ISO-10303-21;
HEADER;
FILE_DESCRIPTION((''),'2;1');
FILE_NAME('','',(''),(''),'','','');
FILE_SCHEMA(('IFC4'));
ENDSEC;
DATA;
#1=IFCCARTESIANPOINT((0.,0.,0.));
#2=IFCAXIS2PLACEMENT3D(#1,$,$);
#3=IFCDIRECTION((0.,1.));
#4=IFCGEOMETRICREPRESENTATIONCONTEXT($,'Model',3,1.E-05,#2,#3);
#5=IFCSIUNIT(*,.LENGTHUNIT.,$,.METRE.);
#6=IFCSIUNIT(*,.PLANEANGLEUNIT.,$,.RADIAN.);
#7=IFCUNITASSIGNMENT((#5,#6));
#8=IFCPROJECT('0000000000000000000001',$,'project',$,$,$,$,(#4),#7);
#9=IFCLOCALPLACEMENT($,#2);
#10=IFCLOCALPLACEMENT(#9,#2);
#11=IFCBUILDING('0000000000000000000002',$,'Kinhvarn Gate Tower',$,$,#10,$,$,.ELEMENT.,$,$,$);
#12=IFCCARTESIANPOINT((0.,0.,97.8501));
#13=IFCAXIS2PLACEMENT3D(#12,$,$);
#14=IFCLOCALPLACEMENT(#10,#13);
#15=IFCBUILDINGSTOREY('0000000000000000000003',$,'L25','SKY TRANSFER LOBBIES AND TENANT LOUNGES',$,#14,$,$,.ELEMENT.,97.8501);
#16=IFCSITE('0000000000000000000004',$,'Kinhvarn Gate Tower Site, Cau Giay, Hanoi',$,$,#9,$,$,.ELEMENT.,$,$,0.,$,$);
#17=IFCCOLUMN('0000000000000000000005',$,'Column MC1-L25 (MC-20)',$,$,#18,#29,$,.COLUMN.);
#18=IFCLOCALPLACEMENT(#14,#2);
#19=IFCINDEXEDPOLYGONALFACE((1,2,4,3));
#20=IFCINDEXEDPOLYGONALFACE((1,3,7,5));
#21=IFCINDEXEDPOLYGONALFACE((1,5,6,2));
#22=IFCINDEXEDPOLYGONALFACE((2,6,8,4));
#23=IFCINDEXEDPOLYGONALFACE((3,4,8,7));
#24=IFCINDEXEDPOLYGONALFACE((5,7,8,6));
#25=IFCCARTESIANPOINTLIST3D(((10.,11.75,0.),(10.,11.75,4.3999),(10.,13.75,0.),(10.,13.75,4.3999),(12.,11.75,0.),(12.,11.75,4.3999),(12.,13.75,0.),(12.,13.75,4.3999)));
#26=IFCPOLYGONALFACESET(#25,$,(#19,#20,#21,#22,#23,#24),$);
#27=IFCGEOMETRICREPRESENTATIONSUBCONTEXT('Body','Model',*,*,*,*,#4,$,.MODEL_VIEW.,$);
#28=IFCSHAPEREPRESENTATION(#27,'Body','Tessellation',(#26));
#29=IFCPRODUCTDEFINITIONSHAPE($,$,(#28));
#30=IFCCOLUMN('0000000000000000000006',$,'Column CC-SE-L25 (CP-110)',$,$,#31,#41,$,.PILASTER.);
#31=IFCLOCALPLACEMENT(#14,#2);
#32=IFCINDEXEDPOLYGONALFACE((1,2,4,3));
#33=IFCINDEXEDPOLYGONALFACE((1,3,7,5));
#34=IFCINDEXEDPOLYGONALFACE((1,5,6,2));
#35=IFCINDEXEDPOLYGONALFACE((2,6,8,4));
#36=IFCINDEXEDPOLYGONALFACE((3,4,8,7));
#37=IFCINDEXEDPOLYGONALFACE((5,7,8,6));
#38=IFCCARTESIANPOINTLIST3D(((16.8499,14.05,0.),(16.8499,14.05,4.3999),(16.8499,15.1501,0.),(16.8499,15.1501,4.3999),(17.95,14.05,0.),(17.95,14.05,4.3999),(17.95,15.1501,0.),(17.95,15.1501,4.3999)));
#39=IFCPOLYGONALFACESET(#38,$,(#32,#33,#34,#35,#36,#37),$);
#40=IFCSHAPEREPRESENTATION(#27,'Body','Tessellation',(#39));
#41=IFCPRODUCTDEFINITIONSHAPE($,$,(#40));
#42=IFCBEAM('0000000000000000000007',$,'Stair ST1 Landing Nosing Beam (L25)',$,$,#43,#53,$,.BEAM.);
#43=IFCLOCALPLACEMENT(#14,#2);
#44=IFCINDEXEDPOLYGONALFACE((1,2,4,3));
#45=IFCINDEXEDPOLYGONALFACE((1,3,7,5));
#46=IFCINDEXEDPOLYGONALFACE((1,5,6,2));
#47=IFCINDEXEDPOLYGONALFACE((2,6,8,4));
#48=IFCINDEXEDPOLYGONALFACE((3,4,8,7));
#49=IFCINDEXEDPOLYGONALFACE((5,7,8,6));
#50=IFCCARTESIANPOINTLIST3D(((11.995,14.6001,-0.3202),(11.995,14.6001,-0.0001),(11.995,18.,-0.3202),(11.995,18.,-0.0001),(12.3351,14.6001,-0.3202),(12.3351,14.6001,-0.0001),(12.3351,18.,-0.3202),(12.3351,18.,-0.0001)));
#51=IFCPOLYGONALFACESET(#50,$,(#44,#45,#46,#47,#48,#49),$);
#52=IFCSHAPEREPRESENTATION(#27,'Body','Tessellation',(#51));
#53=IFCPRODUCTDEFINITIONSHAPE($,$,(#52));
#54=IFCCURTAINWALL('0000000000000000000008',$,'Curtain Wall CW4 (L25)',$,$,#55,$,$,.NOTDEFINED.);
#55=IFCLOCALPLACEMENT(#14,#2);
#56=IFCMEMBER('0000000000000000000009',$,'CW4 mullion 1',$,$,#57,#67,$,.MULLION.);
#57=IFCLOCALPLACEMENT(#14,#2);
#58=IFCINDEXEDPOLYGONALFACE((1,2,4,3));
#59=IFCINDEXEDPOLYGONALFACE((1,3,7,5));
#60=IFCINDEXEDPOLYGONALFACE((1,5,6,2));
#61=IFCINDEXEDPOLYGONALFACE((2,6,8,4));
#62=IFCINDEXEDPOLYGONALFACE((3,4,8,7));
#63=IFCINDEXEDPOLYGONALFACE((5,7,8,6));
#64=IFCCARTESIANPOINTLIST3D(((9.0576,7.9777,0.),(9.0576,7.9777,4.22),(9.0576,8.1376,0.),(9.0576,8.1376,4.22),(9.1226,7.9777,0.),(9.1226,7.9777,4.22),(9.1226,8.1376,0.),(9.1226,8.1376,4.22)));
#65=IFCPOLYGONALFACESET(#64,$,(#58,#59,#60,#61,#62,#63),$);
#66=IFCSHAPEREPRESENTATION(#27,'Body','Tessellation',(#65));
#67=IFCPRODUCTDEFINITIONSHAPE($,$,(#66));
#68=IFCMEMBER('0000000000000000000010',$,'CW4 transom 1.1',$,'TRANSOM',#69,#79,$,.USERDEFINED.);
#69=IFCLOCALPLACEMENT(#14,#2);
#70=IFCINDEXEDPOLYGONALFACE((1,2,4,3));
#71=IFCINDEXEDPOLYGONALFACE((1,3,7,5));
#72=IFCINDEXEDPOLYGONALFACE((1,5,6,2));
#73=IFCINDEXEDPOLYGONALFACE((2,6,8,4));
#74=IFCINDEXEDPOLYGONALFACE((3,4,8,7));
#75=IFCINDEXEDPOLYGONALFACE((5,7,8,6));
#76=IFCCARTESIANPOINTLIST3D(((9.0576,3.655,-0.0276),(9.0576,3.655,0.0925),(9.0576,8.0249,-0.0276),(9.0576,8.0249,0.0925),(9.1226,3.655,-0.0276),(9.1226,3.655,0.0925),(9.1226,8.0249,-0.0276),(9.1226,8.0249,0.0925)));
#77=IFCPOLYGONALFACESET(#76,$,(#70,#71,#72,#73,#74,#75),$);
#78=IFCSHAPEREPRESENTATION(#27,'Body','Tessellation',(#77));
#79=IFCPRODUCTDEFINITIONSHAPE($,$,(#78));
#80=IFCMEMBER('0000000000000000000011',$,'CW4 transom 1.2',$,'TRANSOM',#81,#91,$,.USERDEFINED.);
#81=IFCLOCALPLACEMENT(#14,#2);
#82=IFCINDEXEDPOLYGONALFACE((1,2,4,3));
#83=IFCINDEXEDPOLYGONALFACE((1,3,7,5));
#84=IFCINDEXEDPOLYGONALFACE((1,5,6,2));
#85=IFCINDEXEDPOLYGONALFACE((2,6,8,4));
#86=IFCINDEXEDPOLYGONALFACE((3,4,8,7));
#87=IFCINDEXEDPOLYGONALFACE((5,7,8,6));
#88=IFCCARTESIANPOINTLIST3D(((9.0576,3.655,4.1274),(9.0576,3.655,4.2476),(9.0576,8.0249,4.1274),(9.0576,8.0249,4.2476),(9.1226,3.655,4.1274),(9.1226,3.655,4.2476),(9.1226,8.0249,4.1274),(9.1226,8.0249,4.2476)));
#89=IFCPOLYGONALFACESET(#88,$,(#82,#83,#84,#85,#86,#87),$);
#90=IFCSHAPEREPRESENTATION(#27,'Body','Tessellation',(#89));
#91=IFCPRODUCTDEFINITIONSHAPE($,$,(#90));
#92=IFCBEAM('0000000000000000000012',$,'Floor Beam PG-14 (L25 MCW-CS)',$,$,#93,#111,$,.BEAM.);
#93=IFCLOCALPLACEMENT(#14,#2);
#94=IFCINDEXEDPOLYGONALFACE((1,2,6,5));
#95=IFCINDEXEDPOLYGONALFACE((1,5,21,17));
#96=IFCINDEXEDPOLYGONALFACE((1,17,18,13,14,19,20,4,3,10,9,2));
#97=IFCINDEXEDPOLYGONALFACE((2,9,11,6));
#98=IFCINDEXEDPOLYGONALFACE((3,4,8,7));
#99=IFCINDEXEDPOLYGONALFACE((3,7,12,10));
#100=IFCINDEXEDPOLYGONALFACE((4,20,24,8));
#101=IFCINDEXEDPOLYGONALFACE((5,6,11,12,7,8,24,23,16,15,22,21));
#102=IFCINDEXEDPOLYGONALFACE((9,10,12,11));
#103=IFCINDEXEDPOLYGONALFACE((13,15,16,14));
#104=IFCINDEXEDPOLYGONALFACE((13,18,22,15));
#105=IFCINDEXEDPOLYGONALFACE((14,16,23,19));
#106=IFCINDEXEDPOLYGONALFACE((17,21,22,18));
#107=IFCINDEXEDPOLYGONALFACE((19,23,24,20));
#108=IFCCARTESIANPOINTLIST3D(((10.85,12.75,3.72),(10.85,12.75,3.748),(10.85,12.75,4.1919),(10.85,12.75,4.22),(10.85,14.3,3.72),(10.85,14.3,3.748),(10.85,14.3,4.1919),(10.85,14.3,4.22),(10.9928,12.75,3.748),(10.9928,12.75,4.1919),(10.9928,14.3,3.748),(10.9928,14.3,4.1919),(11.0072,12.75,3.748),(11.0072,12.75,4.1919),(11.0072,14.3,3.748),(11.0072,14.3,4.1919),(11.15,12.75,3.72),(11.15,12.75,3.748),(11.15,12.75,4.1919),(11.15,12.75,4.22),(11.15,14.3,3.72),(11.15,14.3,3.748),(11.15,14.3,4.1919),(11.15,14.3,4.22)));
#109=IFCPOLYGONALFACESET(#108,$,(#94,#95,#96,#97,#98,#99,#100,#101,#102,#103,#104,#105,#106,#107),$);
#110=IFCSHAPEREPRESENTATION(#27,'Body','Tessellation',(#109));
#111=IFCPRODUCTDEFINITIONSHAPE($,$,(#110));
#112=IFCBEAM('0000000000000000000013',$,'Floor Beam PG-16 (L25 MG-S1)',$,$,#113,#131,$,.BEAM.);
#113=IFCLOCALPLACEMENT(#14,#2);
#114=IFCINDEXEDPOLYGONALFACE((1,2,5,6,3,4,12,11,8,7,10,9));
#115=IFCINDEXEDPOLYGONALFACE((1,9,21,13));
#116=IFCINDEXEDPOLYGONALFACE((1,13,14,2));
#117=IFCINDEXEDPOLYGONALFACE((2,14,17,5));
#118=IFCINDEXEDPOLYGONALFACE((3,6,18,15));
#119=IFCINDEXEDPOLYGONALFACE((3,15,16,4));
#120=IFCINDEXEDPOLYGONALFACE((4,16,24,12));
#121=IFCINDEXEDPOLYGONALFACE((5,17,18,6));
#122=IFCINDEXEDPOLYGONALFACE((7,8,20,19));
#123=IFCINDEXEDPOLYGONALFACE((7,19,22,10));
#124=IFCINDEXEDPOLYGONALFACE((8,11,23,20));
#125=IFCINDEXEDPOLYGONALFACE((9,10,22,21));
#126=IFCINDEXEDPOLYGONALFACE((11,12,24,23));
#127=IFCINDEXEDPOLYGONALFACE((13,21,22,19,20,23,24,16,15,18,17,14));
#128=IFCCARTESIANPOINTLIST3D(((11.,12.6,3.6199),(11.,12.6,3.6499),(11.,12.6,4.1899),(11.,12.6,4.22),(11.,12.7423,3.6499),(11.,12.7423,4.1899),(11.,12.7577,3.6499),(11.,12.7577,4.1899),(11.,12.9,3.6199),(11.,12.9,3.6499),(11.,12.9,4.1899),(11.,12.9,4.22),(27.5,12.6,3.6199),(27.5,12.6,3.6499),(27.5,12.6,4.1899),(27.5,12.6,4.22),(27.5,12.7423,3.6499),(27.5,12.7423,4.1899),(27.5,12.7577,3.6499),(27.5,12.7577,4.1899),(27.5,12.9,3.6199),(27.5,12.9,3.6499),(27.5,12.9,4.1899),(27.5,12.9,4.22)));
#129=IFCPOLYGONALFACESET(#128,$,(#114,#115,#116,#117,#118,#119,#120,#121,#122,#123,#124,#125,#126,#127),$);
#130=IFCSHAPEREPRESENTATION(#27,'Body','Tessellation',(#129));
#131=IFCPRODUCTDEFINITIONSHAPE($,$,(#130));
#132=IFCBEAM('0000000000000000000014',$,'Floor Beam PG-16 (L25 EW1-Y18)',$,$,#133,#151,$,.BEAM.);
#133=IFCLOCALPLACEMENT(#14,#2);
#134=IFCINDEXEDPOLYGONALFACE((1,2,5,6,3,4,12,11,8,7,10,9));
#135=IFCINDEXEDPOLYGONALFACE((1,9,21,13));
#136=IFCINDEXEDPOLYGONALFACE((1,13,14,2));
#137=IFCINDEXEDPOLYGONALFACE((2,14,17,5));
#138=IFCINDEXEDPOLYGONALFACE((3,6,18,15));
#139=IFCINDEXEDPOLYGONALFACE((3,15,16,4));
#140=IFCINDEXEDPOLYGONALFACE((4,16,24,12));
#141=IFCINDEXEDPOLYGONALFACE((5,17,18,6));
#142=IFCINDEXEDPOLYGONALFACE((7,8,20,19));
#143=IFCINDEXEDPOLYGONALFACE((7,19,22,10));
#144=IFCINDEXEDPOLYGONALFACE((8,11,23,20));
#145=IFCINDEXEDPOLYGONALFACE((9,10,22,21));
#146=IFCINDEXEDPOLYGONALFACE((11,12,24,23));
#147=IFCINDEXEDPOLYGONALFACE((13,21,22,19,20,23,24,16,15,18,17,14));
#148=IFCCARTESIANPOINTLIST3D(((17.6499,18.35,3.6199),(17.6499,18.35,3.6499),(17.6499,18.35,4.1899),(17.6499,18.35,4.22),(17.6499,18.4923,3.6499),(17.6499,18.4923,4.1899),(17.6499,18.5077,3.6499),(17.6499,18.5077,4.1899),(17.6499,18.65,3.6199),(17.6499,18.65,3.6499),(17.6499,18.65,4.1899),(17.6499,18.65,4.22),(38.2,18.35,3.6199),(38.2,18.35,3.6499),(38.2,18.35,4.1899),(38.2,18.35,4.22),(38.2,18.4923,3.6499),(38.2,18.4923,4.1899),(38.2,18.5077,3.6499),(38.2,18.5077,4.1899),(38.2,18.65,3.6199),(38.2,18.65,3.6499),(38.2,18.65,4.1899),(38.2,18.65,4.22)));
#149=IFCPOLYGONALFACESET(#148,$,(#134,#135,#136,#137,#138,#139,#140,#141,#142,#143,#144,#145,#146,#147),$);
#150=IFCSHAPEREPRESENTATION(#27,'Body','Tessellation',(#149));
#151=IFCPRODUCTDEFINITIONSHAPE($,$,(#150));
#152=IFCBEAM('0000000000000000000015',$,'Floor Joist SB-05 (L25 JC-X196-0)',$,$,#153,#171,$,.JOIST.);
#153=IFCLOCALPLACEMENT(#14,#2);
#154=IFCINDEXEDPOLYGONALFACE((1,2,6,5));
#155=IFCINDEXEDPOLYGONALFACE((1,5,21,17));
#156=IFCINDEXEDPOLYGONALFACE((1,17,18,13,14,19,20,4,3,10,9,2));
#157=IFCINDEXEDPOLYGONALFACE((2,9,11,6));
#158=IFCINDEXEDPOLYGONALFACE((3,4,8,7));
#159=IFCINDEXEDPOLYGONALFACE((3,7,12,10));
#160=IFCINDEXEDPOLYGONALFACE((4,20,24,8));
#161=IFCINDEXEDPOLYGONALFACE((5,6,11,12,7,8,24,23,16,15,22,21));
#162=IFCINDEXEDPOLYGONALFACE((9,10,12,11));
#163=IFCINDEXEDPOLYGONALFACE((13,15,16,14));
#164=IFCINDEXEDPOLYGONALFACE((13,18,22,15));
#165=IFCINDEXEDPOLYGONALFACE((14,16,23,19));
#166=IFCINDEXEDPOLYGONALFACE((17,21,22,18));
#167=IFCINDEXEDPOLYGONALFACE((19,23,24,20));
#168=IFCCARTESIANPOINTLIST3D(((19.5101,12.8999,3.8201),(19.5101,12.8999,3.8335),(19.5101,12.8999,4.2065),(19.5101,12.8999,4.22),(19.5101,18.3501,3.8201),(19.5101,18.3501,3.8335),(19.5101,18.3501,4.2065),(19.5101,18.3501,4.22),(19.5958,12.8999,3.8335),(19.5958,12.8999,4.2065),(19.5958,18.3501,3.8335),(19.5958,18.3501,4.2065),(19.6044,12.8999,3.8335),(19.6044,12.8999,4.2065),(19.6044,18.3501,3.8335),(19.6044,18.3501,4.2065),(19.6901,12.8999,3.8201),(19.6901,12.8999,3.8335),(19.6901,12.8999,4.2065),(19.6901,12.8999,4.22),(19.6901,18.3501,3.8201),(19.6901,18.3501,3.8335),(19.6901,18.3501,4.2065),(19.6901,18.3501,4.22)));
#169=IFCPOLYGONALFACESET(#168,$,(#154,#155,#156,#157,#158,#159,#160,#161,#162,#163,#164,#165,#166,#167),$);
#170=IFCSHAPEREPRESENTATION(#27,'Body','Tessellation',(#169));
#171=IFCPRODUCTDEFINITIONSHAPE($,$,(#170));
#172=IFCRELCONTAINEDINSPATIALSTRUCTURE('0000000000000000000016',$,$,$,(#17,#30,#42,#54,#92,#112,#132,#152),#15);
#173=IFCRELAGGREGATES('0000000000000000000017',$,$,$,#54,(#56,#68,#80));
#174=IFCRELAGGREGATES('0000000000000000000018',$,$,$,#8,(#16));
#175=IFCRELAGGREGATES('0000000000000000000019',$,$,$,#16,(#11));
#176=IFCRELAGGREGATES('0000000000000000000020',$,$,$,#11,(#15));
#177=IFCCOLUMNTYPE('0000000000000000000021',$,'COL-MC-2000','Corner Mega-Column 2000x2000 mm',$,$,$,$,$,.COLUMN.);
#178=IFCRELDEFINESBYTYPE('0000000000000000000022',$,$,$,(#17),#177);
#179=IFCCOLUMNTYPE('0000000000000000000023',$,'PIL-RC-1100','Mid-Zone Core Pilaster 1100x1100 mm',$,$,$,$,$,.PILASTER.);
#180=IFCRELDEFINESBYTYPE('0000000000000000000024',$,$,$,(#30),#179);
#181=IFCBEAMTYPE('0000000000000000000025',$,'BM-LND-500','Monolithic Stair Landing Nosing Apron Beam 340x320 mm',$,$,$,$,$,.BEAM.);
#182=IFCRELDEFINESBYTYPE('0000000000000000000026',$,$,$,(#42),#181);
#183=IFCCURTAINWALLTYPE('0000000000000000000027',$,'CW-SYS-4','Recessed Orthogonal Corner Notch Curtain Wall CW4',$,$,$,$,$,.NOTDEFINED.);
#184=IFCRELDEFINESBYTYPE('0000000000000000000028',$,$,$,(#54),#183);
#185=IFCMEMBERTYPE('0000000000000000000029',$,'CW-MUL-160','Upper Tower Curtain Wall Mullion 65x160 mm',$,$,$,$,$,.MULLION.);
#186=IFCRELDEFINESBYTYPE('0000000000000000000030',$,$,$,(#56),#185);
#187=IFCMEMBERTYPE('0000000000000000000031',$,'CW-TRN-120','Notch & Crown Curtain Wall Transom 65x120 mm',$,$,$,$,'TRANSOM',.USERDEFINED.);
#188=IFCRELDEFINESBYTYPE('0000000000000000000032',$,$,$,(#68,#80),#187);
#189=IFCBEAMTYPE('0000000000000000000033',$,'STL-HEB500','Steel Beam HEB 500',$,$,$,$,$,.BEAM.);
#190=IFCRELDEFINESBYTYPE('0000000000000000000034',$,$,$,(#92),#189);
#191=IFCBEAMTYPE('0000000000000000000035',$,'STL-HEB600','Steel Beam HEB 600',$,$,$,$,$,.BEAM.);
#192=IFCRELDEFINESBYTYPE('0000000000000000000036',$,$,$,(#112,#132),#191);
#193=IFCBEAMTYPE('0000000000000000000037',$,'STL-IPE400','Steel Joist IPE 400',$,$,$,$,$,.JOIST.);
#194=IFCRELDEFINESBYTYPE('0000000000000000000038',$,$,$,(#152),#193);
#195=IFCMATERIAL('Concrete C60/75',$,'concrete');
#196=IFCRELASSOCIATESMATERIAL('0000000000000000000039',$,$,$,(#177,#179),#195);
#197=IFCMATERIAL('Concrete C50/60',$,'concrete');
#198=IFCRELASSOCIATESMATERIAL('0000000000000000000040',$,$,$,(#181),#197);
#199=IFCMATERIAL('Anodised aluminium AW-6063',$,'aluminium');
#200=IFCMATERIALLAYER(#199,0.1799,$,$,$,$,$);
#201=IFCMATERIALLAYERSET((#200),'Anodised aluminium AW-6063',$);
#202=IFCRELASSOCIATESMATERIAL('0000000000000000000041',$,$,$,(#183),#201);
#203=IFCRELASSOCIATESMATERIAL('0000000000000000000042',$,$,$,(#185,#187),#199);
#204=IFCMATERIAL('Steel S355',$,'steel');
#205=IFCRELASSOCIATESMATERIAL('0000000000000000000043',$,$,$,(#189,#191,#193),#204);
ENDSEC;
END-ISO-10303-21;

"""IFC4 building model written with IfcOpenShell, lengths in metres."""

from ifc_helpers import new_model, si_unit, direction, frame, origin, origin_2d, place, context, subcontext, project, spatial, rectangle, i_section, extrude, material, layer, layer_set, material_profile, profile_set, type_object, element, aggregate, save


model = new_model("IFC4")

# Units and contexts
model_context = context("Model", 3, precision=1e-05, world=origin(), true_north=direction((0.0, 1.0)))
body_context = subcontext(model_context, "Body", "Model", "MODEL_VIEW")
ifc_project = project(units=[si_unit("LENGTHUNIT", "METRE"), si_unit("PLANEANGLEUNIT", "RADIAN")], contexts=[model_context])

# Site, building, storey
site_placement = place(None, origin())
site = spatial("IfcSite", under=ifc_project, at=site_placement, Name="Kinhvarn Gate Tower Site, Cau Giay, Hanoi", CompositionType="ELEMENT", RefElevation=0.0)
building_placement = place(site_placement, origin())
building = spatial("IfcBuilding", under=site, at=building_placement, Name="Kinhvarn Gate Tower", CompositionType="ELEMENT")
storey_placement = place(building_placement, frame((0.0, 0.0, 97.8501)))
storey = spatial("IfcBuildingStorey", under=building, at=storey_placement, Name="L25", Description="SKY TRANSFER LOBBIES AND TENANT LOUNGES", CompositionType="ELEMENT", Elevation=97.8501)

# Columns
ifc_material_1 = material(Name="Concrete C60/75", Category="concrete")
ifc_material_profile_1 = material_profile(ifc_material_1, rectangle(XDim=2.0, YDim=2.0, at=origin_2d()), Name="RC 2000x2000")
ifc_profile_set_1 = profile_set([ifc_material_profile_1], Name="Concrete C60/75")
column_type_1 = type_object("IfcColumnType", Name="COL-MC-2000", Description="Corner Mega-Column 2000x2000 mm", PredefinedType="COLUMN", material=ifc_profile_set_1)
column_1_placement = place(storey_placement, frame((11.0, 12.75, 0.0), z_axis=(0.0, 0.0, 1.0), x_axis=(1.0, 0.0, 0.0)))
element("IfcColumn", 1, at=column_1_placement, inside=storey, type_object=column_type_1, Name="Column MC1-L25 (MC-20)", PredefinedType="COLUMN", context=body_context, shape_type="SweptSolid", body=[
    extrude(rectangle(XDim=2.0, YDim=2.0, at=origin_2d()), origin(), (0.0, 0.0, 1.0), 4.3999),
])
ifc_material_profile_2 = material_profile(ifc_material_1, rectangle(XDim=1.1001, YDim=1.1001, at=origin_2d()), Name="RC 1100x1100")
ifc_profile_set_2 = profile_set([ifc_material_profile_2], Name="Concrete C60/75")
column_type_2 = type_object("IfcColumnType", Name="PIL-RC-1100", Description="Mid-Zone Core Pilaster 1100x1100 mm", PredefinedType="PILASTER", material=ifc_profile_set_2)
column_2_placement = place(storey_placement, frame((17.3999, 14.6001, 0.0), z_axis=(0.0, 0.0, 1.0), x_axis=(1.0, 0.0, 0.0)))
element("IfcColumn", 2, at=column_2_placement, inside=storey, type_object=column_type_2, Name="Column CC-SE-L25 (CP-110)", PredefinedType="PILASTER", context=body_context, shape_type="SweptSolid", body=[
    extrude(rectangle(XDim=1.1001, YDim=1.1001, at=origin_2d()), origin(), (0.0, 0.0, 1.0), 4.3999),
])

# Beam
ifc_material_2 = material(Name="Concrete C50/60", Category="concrete")
ifc_material_profile_3 = material_profile(ifc_material_2, rectangle(XDim=0.3401, YDim=0.3201, at=origin_2d()), Name="RC 340x320")
ifc_profile_set_3 = profile_set([ifc_material_profile_3], Name="Concrete C50/60")
beam_type_1 = type_object("IfcBeamType", Name="BM-LND-500", Description="Monolithic Stair Landing Nosing Apron Beam 340x320 mm", PredefinedType="BEAM", material=ifc_profile_set_3)
beam_1_placement = place(storey_placement, frame((12.165, 14.6001, -0.1602), z_axis=(0.0, 1.0, 0.0), x_axis=(-1.0, 0.0, 0.0)))
element("IfcBeam", 3, at=beam_1_placement, inside=storey, type_object=beam_type_1, Name="Stair ST1 Landing Nosing Beam (L25)", PredefinedType="BEAM", context=body_context, shape_type="SweptSolid", body=[
    extrude(rectangle(XDim=0.3401, YDim=0.3201, at=origin_2d()), origin(), (0.0, 0.0, 1.0), 3.3999),
])

# Curtain wall, members
ifc_material_3 = material(Name="Anodised aluminium AW-6063", Category="aluminium")
ifc_layer_1 = layer(ifc_material_3, 0.1799)
ifc_layer_set_1 = layer_set([ifc_layer_1], Name="Anodised aluminium AW-6063")
curtain_wall_type = type_object("IfcCurtainWallType", Name="CW-SYS-4", Description="Recessed Orthogonal Corner Notch Curtain Wall CW4", PredefinedType="NOTDEFINED", material=ifc_layer_set_1)
curtain_wall_placement = place(storey_placement, origin())
curtain_wall = element("IfcCurtainWall", 4, at=curtain_wall_placement, inside=storey, type_object=curtain_wall_type, Name="Curtain Wall CW4 (L25)", PredefinedType="NOTDEFINED")
ifc_material_profile_4 = material_profile(ifc_material_3, rectangle(XDim=0.0649, YDim=0.1599, at=origin_2d()), Name="ALU 65x160")
ifc_profile_set_4 = profile_set([ifc_material_profile_4], Name="Anodised aluminium AW-6063")
member_type_1 = type_object("IfcMemberType", Name="CW-MUL-160", Description="Upper Tower Curtain Wall Mullion 65x160 mm", PredefinedType="MULLION", material=ifc_profile_set_4)
member_1_placement = place(storey_placement, frame((9.0901, 8.0576, 0.0), z_axis=(0.0, 0.0, 1.0), x_axis=(1.0, 0.0, 0.0)))
member_1 = element("IfcMember", 5, at=member_1_placement, type_object=member_type_1, Name="CW4 mullion 1", PredefinedType="MULLION", context=body_context, shape_type="SweptSolid", body=[
    extrude(rectangle(XDim=0.0649, YDim=0.1599, at=origin_2d()), origin(), (0.0, 0.0, 1.0), 4.22),
])
ifc_material_profile_5 = material_profile(ifc_material_3, rectangle(XDim=0.0649, YDim=0.1201, at=origin_2d()), Name="ALU 65x120")
ifc_profile_set_5 = profile_set([ifc_material_profile_5], Name="Anodised aluminium AW-6063")
member_type_2 = type_object("IfcMemberType", Name="CW-TRN-120", Description="Notch & Crown Curtain Wall Transom 65x120 mm", ElementType="TRANSOM", PredefinedType="USERDEFINED", material=ifc_profile_set_5)
member_2_placement = place(storey_placement, frame((9.0901, 8.0249, 0.0325), z_axis=(0.0, -1.0, 0.0), x_axis=(1.0, 0.0, 0.0)))
member_2 = element("IfcMember", 6, at=member_2_placement, type_object=member_type_2, Name="CW4 transom 1.1", ObjectType="TRANSOM", PredefinedType="USERDEFINED", context=body_context, shape_type="SweptSolid", body=[
    extrude(rectangle(XDim=0.0649, YDim=0.1201, at=origin_2d()), origin(), (0.0, 0.0, 1.0), 4.3699),
])
member_3_placement = place(storey_placement, frame((9.0901, 8.0249, 4.1875), z_axis=(0.0, -1.0, 0.0), x_axis=(1.0, 0.0, 0.0)))
member_3 = element("IfcMember", 7, at=member_3_placement, type_object=member_type_2, Name="CW4 transom 1.2", ObjectType="TRANSOM", PredefinedType="USERDEFINED", context=body_context, shape_type="SweptSolid", body=[
    extrude(rectangle(XDim=0.0649, YDim=0.1201, at=origin_2d()), origin(), (0.0, 0.0, 1.0), 4.3699),
])

# Beams
ifc_material_4 = material(Name="Steel S355", Category="steel")
ifc_material_profile_6 = material_profile(ifc_material_4, i_section(OverallWidth=0.3, OverallDepth=0.5, WebThickness=0.0144, FlangeThickness=0.0281, at=origin_2d()), Name="HEB 500")
ifc_profile_set_6 = profile_set([ifc_material_profile_6], Name="Steel S355")
beam_type_2 = type_object("IfcBeamType", Name="STL-HEB500", Description="Steel Beam HEB 500", PredefinedType="BEAM", material=ifc_profile_set_6)
beam_2_placement = place(storey_placement, frame((11.0, 12.75, 3.97), z_axis=(0.0, 1.0, 0.0), x_axis=(-1.0, 0.0, 0.0)))
element("IfcBeam", 8, at=beam_2_placement, inside=storey, type_object=beam_type_2, Name="Floor Beam PG-14 (L25 MCW-CS)", PredefinedType="BEAM", context=body_context, shape_type="SweptSolid", body=[
    extrude(i_section(OverallWidth=0.3, OverallDepth=0.5, WebThickness=0.0144, FlangeThickness=0.0281, at=origin_2d()), origin(), (0.0, 0.0, 1.0), 1.55),
])
ifc_material_profile_7 = material_profile(ifc_material_4, i_section(OverallWidth=0.3, OverallDepth=0.6001, WebThickness=0.0154, FlangeThickness=0.03, at=origin_2d()), Name="HEB 600")
ifc_profile_set_7 = profile_set([ifc_material_profile_7], Name="Steel S355")
beam_type_3 = type_object("IfcBeamType", Name="STL-HEB600", Description="Steel Beam HEB 600", PredefinedType="BEAM", material=ifc_profile_set_7)
beam_3_placement = place(storey_placement, frame((11.0, 12.75, 3.9199), z_axis=(1.0, 0.0, 0.0), x_axis=(0.0, 1.0, 0.0)))
element("IfcBeam", 9, at=beam_3_placement, inside=storey, type_object=beam_type_3, Name="Floor Beam PG-16 (L25 MG-S1)", PredefinedType="BEAM", context=body_context, shape_type="SweptSolid", body=[
    extrude(i_section(OverallWidth=0.3, OverallDepth=0.6001, WebThickness=0.0154, FlangeThickness=0.03, at=origin_2d()), origin(), (0.0, 0.0, 1.0), 16.5),
])
beam_4_placement = place(storey_placement, frame((17.6499, 18.5, 3.9199), z_axis=(1.0, 0.0, 0.0), x_axis=(0.0, 1.0, 0.0)))
element("IfcBeam", 10, at=beam_4_placement, inside=storey, type_object=beam_type_3, Name="Floor Beam PG-16 (L25 EW1-Y18)", PredefinedType="BEAM", context=body_context, shape_type="SweptSolid", body=[
    extrude(i_section(OverallWidth=0.3, OverallDepth=0.6001, WebThickness=0.0154, FlangeThickness=0.03, at=origin_2d()), origin(), (0.0, 0.0, 1.0), 20.55),
])
ifc_material_profile_8 = material_profile(ifc_material_4, i_section(OverallWidth=0.1799, OverallDepth=0.3999, WebThickness=0.0085, FlangeThickness=0.0134, at=origin_2d()), Name="IPE 400")
ifc_profile_set_8 = profile_set([ifc_material_profile_8], Name="Steel S355")
beam_type_4 = type_object("IfcBeamType", Name="STL-IPE400", Description="Steel Joist IPE 400", PredefinedType="JOIST", material=ifc_profile_set_8)
beam_5_placement = place(storey_placement, frame((19.6001, 12.8999, 4.02), z_axis=(0.0, 1.0, 0.0), x_axis=(-1.0, 0.0, 0.0)))
element("IfcBeam", 11, at=beam_5_placement, inside=storey, type_object=beam_type_4, Name="Floor Joist SB-05 (L25 JC-X196-0)", PredefinedType="JOIST", context=body_context, shape_type="SweptSolid", body=[
    extrude(i_section(OverallWidth=0.1799, OverallDepth=0.3999, WebThickness=0.0085, FlangeThickness=0.0134, at=origin_2d()), origin(), (0.0, 0.0, 1.0), 5.4502),
])

aggregate(curtain_wall, [member_1, member_2, member_3])

save(model, "model.ifc")
